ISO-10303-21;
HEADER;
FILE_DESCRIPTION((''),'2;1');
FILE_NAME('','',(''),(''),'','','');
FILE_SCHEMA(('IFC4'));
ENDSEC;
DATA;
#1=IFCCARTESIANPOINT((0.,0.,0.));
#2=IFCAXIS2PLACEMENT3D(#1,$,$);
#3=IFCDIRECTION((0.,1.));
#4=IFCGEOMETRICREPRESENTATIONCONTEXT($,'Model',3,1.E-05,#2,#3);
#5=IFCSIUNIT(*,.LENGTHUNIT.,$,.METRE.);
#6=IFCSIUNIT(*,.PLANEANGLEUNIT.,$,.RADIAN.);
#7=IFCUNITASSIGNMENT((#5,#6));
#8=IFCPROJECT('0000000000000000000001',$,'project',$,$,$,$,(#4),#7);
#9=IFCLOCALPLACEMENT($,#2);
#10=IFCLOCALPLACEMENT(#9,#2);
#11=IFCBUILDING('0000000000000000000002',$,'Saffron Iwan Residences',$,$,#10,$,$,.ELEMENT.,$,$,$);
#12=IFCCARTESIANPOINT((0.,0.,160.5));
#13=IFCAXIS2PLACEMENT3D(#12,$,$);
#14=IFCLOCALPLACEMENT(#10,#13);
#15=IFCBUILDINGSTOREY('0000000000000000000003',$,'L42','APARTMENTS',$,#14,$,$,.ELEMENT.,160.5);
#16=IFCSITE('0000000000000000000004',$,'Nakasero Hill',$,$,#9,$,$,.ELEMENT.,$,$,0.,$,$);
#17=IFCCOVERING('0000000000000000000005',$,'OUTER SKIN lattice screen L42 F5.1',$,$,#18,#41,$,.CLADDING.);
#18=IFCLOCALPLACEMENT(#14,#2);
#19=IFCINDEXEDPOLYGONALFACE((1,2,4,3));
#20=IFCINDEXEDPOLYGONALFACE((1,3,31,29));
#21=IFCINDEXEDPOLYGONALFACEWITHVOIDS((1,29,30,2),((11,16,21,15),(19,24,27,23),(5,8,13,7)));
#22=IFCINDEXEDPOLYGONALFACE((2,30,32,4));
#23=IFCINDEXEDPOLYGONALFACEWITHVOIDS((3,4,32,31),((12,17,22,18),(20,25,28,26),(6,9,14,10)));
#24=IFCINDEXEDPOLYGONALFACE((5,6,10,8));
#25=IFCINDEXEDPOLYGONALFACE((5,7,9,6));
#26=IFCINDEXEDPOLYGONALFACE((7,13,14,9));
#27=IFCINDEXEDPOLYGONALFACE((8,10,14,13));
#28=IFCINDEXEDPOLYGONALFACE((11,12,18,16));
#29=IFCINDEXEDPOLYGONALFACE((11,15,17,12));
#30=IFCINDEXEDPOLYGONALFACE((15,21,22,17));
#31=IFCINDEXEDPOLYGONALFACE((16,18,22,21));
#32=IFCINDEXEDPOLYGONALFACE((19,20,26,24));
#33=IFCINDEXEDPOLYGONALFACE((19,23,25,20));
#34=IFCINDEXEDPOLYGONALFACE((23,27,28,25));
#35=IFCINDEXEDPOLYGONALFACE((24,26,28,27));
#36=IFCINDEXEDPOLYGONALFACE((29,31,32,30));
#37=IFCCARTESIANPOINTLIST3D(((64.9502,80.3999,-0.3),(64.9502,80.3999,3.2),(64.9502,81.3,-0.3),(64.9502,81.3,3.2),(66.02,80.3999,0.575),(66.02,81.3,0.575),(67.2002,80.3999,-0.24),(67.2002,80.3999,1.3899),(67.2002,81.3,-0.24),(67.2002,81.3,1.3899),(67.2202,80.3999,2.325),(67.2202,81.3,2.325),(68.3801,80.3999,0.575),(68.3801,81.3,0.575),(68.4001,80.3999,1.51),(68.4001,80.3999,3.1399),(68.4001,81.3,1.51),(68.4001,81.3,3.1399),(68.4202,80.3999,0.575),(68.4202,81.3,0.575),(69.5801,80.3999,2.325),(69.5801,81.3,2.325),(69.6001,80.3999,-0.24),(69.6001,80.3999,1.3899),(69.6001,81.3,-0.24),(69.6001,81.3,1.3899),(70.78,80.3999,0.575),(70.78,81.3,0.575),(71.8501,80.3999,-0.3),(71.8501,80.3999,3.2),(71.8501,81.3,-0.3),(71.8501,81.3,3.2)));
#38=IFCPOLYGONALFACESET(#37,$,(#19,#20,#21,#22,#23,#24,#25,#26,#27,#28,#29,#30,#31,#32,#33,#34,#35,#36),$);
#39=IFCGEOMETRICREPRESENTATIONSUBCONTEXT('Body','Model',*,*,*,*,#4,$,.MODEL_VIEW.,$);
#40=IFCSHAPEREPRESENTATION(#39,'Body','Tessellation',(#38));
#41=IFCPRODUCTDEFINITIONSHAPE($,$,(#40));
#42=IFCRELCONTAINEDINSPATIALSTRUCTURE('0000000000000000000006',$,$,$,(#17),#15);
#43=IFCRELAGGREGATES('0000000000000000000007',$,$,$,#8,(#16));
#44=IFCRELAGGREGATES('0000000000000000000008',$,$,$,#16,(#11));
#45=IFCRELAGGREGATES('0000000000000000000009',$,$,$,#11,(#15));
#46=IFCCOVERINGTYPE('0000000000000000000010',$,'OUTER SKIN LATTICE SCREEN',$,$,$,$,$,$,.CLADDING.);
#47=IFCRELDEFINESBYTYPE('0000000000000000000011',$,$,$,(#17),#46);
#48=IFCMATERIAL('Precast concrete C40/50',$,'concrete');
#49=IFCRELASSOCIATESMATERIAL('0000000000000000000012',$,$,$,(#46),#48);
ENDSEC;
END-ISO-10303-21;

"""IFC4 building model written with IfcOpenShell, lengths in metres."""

from ifc_helpers import new_model, si_unit, direction, frame, origin, place, context, subcontext, project, spatial, polyline, outline, extrude, material, type_object, element, save


model = new_model("IFC4")

# Units and contexts
model_context = context("Model", 3, precision=1e-05, world=origin(), true_north=direction((0.0, 1.0)))
body_context = subcontext(model_context, "Body", "Model", "MODEL_VIEW")
ifc_project = project(units=[si_unit("LENGTHUNIT", "METRE"), si_unit("PLANEANGLEUNIT", "RADIAN")], contexts=[model_context])

# Site, building, storey
site_placement = place(None, origin())
site = spatial("IfcSite", under=ifc_project, at=site_placement, Name="Nakasero Hill", CompositionType="ELEMENT", RefElevation=0.0)
building_placement = place(site_placement, origin())
building = spatial("IfcBuilding", under=site, at=building_placement, Name="Saffron Iwan Residences", CompositionType="ELEMENT")
storey_placement = place(building_placement, frame((0.0, 0.0, 160.5)))
storey = spatial("IfcBuildingStorey", under=building, at=storey_placement, Name="L42", Description="APARTMENTS", CompositionType="ELEMENT", Elevation=160.5)

# Covering
ifc_material_1 = material(Name="Precast concrete C40/50", Category="concrete")
covering_type = type_object("IfcCoveringType", Name="OUTER SKIN LATTICE SCREEN", PredefinedType="CLADDING", material=ifc_material_1)
covering_placement = place(storey_placement, frame((71.8501, 80.3999, -0.3), z_axis=(0.0, 1.0, 0.0), x_axis=(-1.0, 0.0, 0.0)))
element("IfcCovering", 1, at=covering_placement, inside=storey, type_object=covering_type, Name="OUTER SKIN lattice screen L42 F5.1", PredefinedType="CLADDING", context=body_context, shape_type="SweptSolid", body=[
    extrude(outline(polyline([(0.0, 0.0), (6.8999, 0.0), (6.8999, 3.5), (0.0, 3.5), (0.0, 0.0)]), holes=[polyline([(1.0701, 0.875), (2.25, 0.0601), (3.4299, 0.875), (2.25, 1.6899), (1.0701, 0.875)]), polyline([(3.47, 0.875), (4.6499, 0.0601), (5.8301, 0.875), (4.6499, 1.6899), (3.47, 0.875)]), polyline([(2.27, 2.625), (3.45, 1.8101), (4.6299, 2.625), (3.45, 3.4399), (2.27, 2.625)])]), origin(), (0.0, 0.0, 1.0), 0.9001),
])

save(model, "model.ifc")
